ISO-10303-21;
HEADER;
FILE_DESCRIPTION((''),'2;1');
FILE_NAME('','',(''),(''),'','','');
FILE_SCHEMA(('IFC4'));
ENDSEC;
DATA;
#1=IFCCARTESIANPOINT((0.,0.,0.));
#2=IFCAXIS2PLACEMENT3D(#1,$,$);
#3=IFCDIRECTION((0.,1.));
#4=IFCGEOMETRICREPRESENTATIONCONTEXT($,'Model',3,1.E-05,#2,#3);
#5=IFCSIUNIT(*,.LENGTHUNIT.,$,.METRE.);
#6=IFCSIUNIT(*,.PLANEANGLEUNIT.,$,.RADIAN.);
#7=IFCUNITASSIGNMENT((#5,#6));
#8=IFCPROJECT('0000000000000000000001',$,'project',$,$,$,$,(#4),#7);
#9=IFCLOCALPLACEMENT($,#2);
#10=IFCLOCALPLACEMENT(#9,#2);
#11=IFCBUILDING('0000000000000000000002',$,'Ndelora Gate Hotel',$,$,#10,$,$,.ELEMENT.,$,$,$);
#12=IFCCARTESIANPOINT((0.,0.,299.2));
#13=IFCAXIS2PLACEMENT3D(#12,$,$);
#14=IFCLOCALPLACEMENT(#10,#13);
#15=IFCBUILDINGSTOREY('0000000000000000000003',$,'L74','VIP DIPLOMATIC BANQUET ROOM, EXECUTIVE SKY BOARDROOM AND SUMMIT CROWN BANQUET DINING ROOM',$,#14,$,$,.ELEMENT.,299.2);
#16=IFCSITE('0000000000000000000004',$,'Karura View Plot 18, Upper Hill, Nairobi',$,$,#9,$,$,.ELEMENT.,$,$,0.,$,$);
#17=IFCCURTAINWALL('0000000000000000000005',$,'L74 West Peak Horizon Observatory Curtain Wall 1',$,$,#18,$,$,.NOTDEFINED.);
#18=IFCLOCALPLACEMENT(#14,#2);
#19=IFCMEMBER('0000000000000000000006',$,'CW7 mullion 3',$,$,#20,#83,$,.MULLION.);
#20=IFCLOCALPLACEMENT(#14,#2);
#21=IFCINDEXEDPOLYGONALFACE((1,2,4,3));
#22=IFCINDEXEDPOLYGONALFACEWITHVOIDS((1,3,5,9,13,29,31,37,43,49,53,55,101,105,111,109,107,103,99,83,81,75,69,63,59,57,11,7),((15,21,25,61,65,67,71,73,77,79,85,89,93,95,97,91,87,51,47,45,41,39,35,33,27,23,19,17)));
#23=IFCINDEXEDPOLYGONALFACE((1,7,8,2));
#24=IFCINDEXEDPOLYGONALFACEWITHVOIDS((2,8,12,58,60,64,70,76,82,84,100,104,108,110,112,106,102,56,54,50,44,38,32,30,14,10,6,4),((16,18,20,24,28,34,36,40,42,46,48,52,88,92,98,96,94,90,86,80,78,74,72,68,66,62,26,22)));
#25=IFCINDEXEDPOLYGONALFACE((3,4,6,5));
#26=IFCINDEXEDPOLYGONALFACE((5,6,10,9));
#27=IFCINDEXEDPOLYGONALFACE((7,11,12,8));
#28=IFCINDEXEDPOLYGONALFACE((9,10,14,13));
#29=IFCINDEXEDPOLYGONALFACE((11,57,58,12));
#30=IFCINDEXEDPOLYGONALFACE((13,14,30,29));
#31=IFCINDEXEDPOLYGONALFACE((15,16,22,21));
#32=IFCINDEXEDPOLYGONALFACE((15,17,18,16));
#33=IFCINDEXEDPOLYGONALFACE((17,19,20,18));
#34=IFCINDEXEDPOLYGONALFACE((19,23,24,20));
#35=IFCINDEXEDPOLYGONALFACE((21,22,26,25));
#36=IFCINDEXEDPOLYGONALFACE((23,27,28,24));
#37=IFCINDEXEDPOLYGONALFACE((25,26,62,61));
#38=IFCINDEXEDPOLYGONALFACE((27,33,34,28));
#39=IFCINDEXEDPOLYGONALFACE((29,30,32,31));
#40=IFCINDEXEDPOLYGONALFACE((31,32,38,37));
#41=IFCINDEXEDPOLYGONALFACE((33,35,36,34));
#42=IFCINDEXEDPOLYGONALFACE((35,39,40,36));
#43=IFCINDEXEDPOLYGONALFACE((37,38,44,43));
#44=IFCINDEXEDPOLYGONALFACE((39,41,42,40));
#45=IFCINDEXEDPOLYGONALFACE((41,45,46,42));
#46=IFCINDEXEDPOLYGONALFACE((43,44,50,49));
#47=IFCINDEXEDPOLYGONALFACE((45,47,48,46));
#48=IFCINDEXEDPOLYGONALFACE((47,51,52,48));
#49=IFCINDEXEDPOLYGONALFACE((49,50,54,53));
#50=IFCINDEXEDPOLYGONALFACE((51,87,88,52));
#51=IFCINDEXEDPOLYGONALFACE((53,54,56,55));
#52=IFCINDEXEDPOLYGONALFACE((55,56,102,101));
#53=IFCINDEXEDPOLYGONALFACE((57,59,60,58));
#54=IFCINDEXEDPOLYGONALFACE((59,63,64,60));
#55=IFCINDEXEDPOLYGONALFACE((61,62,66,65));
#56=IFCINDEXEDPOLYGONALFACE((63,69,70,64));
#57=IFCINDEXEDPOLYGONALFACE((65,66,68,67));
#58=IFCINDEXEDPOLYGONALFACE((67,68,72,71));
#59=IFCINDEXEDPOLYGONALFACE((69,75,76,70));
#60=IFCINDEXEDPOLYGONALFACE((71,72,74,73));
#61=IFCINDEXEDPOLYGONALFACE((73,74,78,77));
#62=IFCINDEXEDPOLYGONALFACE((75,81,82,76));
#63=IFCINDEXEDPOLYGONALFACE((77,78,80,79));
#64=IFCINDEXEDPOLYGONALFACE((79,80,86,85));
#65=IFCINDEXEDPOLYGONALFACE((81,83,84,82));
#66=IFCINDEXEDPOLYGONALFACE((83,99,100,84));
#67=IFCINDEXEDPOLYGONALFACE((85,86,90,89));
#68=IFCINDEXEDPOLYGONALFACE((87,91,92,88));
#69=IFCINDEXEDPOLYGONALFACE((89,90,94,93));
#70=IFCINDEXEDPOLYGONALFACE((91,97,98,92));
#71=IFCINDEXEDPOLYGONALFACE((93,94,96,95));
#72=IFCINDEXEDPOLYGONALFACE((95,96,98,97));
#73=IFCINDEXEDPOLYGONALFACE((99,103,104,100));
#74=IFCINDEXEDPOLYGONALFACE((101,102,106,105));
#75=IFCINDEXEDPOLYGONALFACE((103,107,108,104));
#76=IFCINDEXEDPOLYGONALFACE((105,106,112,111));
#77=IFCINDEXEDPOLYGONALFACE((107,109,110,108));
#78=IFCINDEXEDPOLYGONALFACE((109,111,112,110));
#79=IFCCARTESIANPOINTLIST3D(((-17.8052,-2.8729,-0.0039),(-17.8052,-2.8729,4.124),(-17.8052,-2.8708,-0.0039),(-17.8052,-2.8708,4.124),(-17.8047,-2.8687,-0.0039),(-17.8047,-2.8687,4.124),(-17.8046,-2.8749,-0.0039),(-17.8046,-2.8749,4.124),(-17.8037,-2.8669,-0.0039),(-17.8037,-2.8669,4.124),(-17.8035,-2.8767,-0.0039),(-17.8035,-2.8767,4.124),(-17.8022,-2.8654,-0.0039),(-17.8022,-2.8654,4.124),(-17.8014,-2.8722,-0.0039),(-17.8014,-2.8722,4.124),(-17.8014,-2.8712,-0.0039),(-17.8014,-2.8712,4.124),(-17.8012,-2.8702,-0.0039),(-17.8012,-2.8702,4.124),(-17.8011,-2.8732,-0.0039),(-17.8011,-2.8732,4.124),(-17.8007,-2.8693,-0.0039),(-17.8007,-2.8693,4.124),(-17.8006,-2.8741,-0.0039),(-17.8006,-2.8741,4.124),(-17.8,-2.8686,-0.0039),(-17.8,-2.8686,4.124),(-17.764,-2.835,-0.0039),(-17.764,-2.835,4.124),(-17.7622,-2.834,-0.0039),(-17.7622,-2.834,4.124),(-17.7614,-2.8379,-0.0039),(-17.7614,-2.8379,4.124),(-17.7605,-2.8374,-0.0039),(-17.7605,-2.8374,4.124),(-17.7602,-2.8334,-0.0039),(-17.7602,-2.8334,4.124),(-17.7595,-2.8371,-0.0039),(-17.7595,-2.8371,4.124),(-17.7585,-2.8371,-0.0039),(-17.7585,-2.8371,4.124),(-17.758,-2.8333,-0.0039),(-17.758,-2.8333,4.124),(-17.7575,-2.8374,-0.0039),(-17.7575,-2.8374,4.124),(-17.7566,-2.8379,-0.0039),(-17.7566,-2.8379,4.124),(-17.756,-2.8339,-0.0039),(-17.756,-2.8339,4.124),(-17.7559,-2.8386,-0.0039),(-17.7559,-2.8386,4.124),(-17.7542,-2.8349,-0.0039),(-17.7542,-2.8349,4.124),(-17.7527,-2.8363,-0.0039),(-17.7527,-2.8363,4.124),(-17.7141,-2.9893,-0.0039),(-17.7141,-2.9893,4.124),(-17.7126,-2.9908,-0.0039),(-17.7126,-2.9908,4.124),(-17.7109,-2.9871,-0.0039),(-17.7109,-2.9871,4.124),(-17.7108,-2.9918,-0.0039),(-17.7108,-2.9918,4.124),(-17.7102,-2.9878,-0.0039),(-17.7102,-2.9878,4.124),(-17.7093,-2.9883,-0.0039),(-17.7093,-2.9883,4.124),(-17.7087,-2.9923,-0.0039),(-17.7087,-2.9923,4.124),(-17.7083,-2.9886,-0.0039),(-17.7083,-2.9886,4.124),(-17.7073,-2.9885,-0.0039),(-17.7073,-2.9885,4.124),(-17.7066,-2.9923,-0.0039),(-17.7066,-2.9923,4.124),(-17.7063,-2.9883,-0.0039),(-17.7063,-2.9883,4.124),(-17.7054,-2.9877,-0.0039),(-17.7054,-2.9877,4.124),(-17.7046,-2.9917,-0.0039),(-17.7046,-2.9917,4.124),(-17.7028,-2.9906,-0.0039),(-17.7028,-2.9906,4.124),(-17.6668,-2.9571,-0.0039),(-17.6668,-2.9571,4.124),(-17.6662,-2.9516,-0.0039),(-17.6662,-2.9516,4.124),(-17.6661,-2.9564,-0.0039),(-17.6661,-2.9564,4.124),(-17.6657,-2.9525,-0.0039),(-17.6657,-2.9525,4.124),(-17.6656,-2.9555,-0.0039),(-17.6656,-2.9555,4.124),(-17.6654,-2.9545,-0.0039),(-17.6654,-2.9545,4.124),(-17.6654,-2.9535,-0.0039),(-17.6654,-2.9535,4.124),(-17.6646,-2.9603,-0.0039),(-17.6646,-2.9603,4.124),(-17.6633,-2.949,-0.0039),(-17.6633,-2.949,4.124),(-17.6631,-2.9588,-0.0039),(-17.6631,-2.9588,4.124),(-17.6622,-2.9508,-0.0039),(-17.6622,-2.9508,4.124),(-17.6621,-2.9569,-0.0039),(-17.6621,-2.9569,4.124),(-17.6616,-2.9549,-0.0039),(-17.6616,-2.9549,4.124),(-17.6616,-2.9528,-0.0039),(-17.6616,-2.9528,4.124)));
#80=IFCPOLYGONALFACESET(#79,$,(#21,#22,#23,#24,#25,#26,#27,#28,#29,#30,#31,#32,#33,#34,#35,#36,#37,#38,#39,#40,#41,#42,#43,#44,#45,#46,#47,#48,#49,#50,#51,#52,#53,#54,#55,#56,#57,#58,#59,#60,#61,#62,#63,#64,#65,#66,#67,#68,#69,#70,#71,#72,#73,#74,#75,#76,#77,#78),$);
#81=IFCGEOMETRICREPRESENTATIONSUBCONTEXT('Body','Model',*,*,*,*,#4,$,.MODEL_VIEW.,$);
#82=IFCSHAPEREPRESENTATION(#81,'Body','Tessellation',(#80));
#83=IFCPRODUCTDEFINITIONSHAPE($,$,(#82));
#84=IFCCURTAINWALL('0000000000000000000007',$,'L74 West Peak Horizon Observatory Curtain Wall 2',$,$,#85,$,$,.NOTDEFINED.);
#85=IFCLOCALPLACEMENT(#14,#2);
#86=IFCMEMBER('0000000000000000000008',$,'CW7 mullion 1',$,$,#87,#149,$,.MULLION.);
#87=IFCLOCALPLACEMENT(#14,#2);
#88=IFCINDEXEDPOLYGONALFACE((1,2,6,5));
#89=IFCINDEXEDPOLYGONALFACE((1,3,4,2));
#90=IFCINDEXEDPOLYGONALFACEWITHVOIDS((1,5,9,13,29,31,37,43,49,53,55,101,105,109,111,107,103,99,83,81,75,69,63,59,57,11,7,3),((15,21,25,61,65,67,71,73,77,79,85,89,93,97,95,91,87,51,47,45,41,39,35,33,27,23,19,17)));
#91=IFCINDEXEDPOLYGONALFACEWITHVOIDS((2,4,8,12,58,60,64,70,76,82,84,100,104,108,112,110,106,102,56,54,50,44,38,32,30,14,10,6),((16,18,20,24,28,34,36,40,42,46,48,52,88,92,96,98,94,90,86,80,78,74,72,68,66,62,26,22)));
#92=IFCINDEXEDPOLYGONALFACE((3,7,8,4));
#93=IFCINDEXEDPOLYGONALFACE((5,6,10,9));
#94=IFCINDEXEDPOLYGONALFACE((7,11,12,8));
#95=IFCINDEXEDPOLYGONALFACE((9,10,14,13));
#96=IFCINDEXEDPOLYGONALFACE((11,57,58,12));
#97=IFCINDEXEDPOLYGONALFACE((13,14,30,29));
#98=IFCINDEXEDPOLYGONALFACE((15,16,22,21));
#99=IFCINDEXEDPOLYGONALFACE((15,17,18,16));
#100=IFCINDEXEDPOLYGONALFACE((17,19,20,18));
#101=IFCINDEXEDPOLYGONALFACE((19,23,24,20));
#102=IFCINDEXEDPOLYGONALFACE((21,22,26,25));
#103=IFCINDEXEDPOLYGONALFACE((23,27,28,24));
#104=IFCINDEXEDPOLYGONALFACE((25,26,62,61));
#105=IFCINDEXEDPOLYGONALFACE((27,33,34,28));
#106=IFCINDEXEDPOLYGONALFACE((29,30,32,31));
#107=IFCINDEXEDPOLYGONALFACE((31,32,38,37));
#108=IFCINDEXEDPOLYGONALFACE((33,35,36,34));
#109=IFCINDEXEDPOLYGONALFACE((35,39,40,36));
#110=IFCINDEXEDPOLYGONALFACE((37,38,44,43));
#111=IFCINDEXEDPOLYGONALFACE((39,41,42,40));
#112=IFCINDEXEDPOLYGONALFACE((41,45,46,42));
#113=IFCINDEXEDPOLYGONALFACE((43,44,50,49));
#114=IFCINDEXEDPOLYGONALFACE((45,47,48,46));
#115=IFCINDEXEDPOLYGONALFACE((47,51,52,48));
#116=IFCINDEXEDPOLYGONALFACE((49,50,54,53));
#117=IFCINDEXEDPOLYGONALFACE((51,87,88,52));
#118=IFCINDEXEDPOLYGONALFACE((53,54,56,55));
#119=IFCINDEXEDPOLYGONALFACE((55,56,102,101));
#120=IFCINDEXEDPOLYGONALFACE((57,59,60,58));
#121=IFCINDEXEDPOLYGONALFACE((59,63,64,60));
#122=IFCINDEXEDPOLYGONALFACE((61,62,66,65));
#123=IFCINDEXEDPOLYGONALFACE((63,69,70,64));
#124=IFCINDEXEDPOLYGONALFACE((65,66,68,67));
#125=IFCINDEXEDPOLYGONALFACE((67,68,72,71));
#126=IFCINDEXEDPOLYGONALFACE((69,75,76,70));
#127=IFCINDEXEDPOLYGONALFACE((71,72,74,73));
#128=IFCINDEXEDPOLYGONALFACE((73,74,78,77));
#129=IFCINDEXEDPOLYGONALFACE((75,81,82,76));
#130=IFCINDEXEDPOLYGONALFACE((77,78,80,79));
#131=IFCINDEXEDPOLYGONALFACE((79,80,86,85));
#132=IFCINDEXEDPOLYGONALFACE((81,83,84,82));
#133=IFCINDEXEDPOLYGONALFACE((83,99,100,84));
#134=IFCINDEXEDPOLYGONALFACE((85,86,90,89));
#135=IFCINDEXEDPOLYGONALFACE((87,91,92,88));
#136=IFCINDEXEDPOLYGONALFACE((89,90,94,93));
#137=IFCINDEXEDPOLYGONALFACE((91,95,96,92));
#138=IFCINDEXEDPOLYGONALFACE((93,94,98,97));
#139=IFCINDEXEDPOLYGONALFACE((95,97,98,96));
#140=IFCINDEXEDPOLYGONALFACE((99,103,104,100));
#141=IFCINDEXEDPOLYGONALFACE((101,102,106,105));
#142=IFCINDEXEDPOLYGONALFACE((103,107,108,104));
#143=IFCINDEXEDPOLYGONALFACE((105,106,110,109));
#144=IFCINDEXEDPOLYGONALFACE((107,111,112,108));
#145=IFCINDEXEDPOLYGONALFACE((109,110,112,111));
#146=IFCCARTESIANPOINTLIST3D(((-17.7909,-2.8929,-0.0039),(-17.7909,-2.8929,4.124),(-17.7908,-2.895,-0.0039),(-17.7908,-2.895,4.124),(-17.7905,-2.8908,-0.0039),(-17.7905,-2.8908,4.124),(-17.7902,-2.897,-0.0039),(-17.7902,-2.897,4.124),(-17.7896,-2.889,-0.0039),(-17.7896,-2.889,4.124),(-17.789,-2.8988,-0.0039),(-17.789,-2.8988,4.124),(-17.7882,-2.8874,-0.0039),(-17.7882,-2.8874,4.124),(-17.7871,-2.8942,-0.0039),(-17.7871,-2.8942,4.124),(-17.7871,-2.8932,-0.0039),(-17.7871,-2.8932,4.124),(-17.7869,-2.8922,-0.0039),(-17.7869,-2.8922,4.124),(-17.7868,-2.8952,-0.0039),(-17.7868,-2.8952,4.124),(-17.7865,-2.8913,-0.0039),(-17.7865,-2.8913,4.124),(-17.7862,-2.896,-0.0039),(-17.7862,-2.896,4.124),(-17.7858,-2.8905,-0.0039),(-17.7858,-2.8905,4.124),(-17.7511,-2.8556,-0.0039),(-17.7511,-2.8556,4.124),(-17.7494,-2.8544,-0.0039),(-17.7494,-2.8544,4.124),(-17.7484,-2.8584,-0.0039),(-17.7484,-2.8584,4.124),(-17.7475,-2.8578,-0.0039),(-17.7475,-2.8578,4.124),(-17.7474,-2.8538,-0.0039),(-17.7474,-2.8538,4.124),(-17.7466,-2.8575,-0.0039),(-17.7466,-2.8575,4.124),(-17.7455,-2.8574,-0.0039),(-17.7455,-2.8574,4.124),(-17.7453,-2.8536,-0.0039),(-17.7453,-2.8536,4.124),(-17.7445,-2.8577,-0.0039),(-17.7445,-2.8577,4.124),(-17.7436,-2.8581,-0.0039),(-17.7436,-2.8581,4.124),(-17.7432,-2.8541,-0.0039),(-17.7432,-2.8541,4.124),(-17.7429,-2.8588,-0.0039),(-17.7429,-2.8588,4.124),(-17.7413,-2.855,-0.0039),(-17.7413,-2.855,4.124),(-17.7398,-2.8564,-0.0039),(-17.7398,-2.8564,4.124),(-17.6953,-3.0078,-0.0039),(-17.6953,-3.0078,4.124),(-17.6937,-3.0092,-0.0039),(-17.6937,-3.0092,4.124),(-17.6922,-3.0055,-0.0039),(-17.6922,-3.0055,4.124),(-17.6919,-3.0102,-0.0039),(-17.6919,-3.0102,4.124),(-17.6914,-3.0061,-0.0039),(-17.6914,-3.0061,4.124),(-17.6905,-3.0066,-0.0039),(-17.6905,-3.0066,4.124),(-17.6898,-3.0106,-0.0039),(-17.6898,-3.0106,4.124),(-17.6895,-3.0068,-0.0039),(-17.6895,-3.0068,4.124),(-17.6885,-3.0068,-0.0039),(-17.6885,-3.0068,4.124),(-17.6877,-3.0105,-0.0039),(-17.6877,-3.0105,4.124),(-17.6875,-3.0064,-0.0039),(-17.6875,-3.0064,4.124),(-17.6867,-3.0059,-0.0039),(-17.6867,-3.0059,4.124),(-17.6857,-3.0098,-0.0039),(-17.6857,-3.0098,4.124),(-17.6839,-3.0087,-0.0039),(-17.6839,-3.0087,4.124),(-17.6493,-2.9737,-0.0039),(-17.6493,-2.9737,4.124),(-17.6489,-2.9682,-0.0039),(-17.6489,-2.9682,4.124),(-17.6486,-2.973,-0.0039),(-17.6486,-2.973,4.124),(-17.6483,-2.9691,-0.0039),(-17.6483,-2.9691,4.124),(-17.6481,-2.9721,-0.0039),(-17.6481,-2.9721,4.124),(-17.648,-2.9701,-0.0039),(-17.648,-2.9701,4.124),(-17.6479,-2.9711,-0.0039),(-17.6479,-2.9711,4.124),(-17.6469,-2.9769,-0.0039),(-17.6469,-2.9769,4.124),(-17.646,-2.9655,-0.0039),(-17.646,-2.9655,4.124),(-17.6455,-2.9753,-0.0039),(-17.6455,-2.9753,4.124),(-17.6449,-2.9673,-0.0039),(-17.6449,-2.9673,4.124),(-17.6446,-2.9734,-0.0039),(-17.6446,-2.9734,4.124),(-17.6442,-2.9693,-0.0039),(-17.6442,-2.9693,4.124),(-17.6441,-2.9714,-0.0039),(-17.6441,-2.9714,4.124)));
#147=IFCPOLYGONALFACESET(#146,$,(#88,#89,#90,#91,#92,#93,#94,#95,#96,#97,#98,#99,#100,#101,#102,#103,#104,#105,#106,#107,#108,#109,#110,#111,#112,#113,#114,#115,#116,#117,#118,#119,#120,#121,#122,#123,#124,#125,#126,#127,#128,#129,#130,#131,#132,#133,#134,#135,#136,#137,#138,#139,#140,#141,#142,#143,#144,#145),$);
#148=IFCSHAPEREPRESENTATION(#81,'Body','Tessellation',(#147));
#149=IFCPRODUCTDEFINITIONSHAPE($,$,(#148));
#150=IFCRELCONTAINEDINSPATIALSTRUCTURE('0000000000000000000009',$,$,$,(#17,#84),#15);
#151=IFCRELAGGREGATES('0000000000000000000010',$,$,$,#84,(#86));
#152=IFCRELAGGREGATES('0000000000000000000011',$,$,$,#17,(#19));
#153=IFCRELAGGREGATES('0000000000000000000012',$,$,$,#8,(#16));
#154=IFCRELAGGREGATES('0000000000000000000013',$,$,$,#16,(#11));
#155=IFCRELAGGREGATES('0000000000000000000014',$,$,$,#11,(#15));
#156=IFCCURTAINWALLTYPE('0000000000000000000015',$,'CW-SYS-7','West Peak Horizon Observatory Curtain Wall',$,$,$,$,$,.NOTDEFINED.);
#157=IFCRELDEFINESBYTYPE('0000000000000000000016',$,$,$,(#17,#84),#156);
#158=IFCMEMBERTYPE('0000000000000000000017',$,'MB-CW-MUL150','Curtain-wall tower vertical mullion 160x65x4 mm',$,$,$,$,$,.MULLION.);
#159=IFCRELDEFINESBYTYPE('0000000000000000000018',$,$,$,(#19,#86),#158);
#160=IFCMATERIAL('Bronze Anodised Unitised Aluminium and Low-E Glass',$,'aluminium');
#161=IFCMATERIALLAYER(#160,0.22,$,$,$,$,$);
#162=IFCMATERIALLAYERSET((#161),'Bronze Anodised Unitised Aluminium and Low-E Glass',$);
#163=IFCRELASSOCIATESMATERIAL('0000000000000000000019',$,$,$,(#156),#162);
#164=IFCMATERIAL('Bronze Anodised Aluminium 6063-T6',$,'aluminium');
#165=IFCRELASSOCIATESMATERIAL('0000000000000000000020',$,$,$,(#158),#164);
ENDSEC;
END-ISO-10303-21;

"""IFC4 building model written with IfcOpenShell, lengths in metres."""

from ifc_helpers import new_model, si_unit, direction, frame, origin, origin_2d, place, context, subcontext, project, spatial, hollow_rectangle, extrude, material, layer, layer_set, material_profile, profile_set, type_object, element, aggregate, save


model = new_model("IFC4")

# Units and contexts
model_context = context("Model", 3, precision=1e-05, world=origin(), true_north=direction((0.0, 1.0)))
body_context = subcontext(model_context, "Body", "Model", "MODEL_VIEW")
ifc_project = project(units=[si_unit("LENGTHUNIT", "METRE"), si_unit("PLANEANGLEUNIT", "RADIAN")], contexts=[model_context])

# Site, building, storey
site_placement = place(None, origin())
site = spatial("IfcSite", under=ifc_project, at=site_placement, Name="Karura View Plot 18, Upper Hill, Nairobi", CompositionType="ELEMENT", RefElevation=0.0)
building_placement = place(site_placement, origin())
building = spatial("IfcBuilding", under=site, at=building_placement, Name="Ndelora Gate Hotel", CompositionType="ELEMENT")
storey_placement = place(building_placement, frame((0.0, 0.0, 299.2)))
storey = spatial("IfcBuildingStorey", under=building, at=storey_placement, Name="L74", Description="VIP DIPLOMATIC BANQUET ROOM, EXECUTIVE SKY BOARDROOM AND SUMMIT CROWN BANQUET DINING ROOM", CompositionType="ELEMENT", Elevation=299.2)

# Curtain wall, member
ifc_material_1 = material(Name="Bronze Anodised Unitised Aluminium and Low-E Glass", Category="aluminium")
ifc_layer_1 = layer(ifc_material_1, 0.22)
ifc_layer_set_1 = layer_set([ifc_layer_1], Name="Bronze Anodised Unitised Aluminium and Low-E Glass")
curtain_wall_type = type_object("IfcCurtainWallType", Name="CW-SYS-7", Description="West Peak Horizon Observatory Curtain Wall", PredefinedType="NOTDEFINED", material=ifc_layer_set_1)
curtain_wall_1_placement = place(storey_placement, origin())
curtain_wall_1 = element("IfcCurtainWall", 1, at=curtain_wall_1_placement, inside=storey, type_object=curtain_wall_type, Name="L74 West Peak Horizon Observatory Curtain Wall 1", PredefinedType="NOTDEFINED")
ifc_material_2 = material(Name="Bronze Anodised Aluminium 6063-T6", Category="aluminium")
ifc_material_profile_1 = material_profile(ifc_material_2, hollow_rectangle(XDim=0.0649, YDim=0.1599, WallThickness=0.0039, InnerFilletRadius=0.0039, OuterFilletRadius=0.0081, at=origin_2d()), Name="ALU 160x65x4")
ifc_profile_set_1 = profile_set([ifc_material_profile_1], Name="Bronze Anodised Aluminium 6063-T6")
member_type_1 = type_object("IfcMemberType", Name="MB-CW-MUL150", Description="Curtain-wall tower vertical mullion 160x65x4 mm", PredefinedType="MULLION", material=ifc_profile_set_1)
member_1_placement = place(storey_placement, frame((-17.7334, -2.9128, -0.0039), z_axis=(0.0, 0.0, 1.0), x_axis=(0.783317, 0.621622, 0.0)))
member_1 = element("IfcMember", 2, at=member_1_placement, type_object=member_type_1, Name="CW7 mullion 3", PredefinedType="MULLION", context=body_context, shape_type="SweptSolid", body=[
    extrude(hollow_rectangle(XDim=0.0649, YDim=0.1599, WallThickness=0.0039, InnerFilletRadius=0.0039, OuterFilletRadius=0.0081, at=origin_2d()), origin(), (0.0, 0.0, 1.0), 4.1279),
])

# Curtain wall, member
curtain_wall_2_placement = place(storey_placement, origin())
curtain_wall_2 = element("IfcCurtainWall", 3, at=curtain_wall_2_placement, inside=storey, type_object=curtain_wall_type, Name="L74 West Peak Horizon Observatory Curtain Wall 2", PredefinedType="NOTDEFINED")
member_2_placement = place(storey_placement, frame((-17.7175, -2.9321, -0.0039), z_axis=(0.0, 0.0, 1.0), x_axis=(0.75853, 0.651638, 0.0)))
member_2 = element("IfcMember", 4, at=member_2_placement, type_object=member_type_1, Name="CW7 mullion 1", PredefinedType="MULLION", context=body_context, shape_type="SweptSolid", body=[
    extrude(hollow_rectangle(XDim=0.0649, YDim=0.1599, WallThickness=0.0039, InnerFilletRadius=0.0039, OuterFilletRadius=0.0081, at=origin_2d()), origin(), (0.0, 0.0, 1.0), 4.1279),
])

aggregate(curtain_wall_2, [member_2])

aggregate(curtain_wall_1, [member_1])

save(model, "model.ifc")
